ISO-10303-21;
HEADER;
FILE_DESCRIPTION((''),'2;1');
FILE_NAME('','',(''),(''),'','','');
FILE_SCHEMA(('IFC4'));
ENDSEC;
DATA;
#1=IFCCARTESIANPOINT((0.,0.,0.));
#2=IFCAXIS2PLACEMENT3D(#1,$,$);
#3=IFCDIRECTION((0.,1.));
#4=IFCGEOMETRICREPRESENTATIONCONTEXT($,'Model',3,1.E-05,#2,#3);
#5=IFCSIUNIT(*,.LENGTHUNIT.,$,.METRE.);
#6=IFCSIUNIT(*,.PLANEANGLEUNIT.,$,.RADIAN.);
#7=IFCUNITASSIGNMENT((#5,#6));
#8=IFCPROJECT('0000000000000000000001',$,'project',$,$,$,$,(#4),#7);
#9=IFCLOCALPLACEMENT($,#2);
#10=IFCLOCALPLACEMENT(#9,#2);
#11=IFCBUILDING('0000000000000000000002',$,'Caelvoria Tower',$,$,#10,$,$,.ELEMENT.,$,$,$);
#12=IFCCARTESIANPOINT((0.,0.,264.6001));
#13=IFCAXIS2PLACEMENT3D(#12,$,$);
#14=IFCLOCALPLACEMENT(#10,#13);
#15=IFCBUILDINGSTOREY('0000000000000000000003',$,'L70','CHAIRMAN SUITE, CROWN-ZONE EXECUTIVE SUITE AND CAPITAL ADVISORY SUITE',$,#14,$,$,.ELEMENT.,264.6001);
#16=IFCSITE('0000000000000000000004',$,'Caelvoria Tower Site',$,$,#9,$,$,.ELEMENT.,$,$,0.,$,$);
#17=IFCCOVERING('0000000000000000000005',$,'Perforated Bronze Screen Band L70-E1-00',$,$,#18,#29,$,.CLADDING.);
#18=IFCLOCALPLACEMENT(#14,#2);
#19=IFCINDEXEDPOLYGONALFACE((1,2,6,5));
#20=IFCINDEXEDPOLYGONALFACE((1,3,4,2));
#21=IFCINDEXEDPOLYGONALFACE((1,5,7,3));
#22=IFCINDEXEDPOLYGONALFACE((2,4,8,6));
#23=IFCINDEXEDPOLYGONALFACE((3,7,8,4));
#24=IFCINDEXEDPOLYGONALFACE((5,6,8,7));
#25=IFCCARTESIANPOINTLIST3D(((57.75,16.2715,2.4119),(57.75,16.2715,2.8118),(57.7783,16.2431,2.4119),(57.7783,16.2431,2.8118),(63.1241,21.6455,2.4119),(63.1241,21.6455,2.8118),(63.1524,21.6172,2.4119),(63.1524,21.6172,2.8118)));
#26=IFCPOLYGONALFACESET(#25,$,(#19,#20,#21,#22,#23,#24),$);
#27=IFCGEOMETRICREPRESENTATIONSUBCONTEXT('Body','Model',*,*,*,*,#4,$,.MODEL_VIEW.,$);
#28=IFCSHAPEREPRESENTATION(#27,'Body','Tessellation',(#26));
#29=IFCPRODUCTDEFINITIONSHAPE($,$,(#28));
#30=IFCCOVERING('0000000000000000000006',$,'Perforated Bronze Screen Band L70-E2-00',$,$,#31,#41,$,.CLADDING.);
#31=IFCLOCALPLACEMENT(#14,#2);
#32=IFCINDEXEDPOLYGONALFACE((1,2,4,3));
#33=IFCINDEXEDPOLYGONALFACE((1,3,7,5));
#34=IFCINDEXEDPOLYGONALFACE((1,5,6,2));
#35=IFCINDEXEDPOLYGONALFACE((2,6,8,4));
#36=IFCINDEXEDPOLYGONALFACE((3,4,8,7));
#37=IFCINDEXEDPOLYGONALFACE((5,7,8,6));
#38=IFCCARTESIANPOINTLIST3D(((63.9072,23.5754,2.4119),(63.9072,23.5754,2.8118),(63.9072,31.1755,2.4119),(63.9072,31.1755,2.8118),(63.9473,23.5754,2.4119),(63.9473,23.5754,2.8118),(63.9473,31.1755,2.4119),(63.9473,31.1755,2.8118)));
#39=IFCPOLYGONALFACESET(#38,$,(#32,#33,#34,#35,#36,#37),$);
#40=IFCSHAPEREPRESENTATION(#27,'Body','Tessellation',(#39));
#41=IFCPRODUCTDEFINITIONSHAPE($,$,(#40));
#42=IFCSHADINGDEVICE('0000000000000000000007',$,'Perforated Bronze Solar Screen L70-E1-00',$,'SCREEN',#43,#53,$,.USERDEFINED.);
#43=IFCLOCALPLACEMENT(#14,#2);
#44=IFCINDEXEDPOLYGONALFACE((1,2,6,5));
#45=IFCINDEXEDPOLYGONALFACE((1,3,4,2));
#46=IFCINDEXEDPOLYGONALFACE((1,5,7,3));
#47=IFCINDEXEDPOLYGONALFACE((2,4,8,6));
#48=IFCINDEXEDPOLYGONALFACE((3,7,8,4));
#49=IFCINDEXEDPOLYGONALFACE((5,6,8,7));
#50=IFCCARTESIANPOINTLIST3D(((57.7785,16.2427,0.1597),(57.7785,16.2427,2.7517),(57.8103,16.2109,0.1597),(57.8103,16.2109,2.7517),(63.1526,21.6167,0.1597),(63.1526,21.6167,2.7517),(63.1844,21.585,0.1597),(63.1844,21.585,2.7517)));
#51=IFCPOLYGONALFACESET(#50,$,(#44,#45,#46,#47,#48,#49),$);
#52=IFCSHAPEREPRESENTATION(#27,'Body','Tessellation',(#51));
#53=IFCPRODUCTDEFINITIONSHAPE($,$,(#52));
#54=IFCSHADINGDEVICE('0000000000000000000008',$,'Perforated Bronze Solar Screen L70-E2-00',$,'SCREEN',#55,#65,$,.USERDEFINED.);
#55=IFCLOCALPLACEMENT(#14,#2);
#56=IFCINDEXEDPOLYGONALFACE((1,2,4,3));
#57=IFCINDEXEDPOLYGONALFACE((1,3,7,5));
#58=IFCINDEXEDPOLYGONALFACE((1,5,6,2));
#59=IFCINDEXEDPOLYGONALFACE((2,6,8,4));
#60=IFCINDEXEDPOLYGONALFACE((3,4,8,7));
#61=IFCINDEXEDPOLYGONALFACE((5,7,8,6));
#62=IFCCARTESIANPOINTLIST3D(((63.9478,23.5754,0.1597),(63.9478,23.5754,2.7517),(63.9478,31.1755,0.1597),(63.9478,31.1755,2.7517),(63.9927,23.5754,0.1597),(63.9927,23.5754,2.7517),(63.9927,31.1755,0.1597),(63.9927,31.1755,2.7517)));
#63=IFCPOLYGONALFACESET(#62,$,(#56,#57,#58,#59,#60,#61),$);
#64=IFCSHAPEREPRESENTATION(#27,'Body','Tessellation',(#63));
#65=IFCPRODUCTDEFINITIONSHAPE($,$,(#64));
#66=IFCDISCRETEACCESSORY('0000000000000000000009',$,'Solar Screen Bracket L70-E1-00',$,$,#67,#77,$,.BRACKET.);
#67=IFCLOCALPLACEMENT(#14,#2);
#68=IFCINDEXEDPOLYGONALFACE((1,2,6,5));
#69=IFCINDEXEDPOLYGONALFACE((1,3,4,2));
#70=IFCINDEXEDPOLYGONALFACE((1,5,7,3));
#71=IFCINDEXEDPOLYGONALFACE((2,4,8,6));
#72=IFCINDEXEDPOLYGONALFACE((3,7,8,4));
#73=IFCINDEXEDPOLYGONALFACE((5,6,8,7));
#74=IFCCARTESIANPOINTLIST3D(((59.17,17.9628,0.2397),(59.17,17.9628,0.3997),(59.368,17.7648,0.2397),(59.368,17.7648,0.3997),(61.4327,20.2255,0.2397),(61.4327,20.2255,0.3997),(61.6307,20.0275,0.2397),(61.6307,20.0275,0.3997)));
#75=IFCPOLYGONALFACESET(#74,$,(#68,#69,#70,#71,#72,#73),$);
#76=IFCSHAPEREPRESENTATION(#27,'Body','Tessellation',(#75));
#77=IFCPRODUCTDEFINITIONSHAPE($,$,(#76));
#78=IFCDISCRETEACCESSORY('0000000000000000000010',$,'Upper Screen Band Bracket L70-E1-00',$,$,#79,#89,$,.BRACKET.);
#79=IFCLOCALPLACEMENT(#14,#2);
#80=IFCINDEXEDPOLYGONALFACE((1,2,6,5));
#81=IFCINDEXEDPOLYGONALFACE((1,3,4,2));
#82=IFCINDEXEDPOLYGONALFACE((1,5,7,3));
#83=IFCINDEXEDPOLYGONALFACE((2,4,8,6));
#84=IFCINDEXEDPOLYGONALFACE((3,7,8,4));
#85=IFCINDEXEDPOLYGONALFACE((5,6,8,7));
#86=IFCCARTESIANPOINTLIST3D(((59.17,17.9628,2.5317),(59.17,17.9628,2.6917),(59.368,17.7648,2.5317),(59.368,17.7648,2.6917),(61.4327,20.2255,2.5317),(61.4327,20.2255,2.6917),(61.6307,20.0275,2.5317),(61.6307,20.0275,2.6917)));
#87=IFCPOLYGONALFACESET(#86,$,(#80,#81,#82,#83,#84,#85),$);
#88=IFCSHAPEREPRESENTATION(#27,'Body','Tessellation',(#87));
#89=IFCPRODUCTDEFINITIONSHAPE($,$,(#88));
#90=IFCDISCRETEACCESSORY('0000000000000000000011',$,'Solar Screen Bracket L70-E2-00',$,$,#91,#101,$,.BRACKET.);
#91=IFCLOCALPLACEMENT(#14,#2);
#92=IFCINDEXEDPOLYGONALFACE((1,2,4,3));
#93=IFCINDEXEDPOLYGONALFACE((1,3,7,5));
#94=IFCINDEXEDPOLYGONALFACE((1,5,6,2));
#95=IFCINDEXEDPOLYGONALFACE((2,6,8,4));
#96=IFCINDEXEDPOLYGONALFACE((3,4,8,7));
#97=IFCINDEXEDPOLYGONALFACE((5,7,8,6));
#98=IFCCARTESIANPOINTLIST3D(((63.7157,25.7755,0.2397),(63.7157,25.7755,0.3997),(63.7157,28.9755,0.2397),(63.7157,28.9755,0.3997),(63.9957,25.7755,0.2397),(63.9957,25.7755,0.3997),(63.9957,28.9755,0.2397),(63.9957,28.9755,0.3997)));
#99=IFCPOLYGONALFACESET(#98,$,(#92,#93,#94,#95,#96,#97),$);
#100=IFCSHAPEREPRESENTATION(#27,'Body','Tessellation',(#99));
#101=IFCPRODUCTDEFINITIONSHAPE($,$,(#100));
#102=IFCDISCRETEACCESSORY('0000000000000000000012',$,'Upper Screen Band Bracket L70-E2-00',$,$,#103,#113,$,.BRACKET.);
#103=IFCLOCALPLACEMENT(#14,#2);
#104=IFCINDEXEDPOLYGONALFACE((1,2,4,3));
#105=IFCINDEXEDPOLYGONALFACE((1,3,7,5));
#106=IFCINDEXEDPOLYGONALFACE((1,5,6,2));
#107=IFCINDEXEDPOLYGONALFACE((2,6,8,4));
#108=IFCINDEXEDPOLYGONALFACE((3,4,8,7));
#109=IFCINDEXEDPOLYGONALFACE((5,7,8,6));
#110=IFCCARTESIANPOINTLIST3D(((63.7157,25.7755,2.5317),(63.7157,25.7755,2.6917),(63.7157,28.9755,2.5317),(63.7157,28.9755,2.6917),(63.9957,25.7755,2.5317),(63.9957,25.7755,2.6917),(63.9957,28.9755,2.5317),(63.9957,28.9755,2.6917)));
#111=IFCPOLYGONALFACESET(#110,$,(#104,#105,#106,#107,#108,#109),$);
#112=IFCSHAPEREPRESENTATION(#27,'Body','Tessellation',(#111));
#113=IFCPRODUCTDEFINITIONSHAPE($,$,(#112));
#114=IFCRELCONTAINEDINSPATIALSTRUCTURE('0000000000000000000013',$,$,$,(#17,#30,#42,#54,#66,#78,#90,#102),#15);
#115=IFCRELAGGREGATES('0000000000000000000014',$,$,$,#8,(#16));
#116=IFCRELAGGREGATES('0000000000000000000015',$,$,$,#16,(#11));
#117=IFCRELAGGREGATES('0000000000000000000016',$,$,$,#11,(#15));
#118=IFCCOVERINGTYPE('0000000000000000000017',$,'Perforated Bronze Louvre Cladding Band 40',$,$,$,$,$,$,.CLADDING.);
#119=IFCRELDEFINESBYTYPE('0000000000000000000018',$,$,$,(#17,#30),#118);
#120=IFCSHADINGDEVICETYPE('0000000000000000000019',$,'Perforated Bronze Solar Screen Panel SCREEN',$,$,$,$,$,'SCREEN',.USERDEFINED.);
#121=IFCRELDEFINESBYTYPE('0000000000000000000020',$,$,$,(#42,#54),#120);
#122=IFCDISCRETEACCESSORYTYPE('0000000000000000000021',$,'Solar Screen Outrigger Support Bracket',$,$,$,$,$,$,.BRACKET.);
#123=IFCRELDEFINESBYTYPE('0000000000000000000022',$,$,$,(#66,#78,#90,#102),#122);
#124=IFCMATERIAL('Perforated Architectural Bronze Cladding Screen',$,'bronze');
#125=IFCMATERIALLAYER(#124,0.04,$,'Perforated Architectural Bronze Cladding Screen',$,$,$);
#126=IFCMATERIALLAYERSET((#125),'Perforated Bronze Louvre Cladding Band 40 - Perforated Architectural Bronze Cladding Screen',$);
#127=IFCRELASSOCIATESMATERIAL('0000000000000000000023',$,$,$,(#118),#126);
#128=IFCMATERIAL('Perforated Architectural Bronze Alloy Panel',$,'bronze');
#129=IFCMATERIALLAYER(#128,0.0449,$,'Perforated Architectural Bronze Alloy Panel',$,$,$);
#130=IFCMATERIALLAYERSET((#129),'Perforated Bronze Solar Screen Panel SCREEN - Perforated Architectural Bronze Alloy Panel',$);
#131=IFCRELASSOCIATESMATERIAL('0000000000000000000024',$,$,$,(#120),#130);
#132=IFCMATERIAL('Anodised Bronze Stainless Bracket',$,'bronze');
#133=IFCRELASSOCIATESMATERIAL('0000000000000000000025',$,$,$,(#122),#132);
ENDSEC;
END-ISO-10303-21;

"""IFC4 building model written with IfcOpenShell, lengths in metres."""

from ifc_helpers import new_model, si_unit, direction, frame, origin, origin_2d, place, context, subcontext, project, spatial, rectangle, extrude, material, layer, layer_set, type_object, element, save


model = new_model("IFC4")

# Units and contexts
model_context = context("Model", 3, precision=1e-05, world=origin(), true_north=direction((0.0, 1.0)))
body_context = subcontext(model_context, "Body", "Model", "MODEL_VIEW")
ifc_project = project(units=[si_unit("LENGTHUNIT", "METRE"), si_unit("PLANEANGLEUNIT", "RADIAN")], contexts=[model_context])

# Site, building, storey
site_placement = place(None, origin())
site = spatial("IfcSite", under=ifc_project, at=site_placement, Name="Caelvoria Tower Site", CompositionType="ELEMENT", RefElevation=0.0)
building_placement = place(site_placement, origin())
building = spatial("IfcBuilding", under=site, at=building_placement, Name="Caelvoria Tower", CompositionType="ELEMENT")
storey_placement = place(building_placement, frame((0.0, 0.0, 264.6001)))
storey = spatial("IfcBuildingStorey", under=building, at=storey_placement, Name="L70", Description="CHAIRMAN SUITE, CROWN-ZONE EXECUTIVE SUITE AND CAPITAL ADVISORY SUITE", CompositionType="ELEMENT", Elevation=264.6001)

# Coverings
ifc_material_1 = material(Name="Perforated Architectural Bronze Cladding Screen", Category="bronze")
ifc_layer_1 = layer(ifc_material_1, 0.04, Name="Perforated Architectural Bronze Cladding Screen")
ifc_layer_set_1 = layer_set([ifc_layer_1], Name="Perforated Bronze Louvre Cladding Band 40 - Perforated Architectural Bronze Cladding Screen")
covering_type = type_object("IfcCoveringType", Name="Perforated Bronze Louvre Cladding Band 40", PredefinedType="CLADDING", material=ifc_layer_set_1)
for number, where, z_axis, x_axis, name in (
    (1, (60.4512, 18.9443, 2.4119), (0.0, 0.0, 1.0), (0.707107, 0.707107, 0.0), "Perforated Bronze Screen Band L70-E1-00"),
    (2, (63.9272, 27.3755, 2.4119), (0.0, 0.0, 1.0), (0.0, 1.0, 0.0), "Perforated Bronze Screen Band L70-E2-00"),
):
    element("IfcCovering", number, at=place(storey_placement, frame(where, z_axis=z_axis, x_axis=x_axis)), inside=storey, type_object=covering_type, Name=name, PredefinedType="CLADDING", context=body_context, shape_type="SweptSolid", body=[
        extrude(rectangle(XDim=7.6001, YDim=0.04, at=origin_2d()), origin(), (0.0, 0.0, 1.0), 0.3999),
    ])

# Shading devices
ifc_material_2 = material(Name="Perforated Architectural Bronze Alloy Panel", Category="bronze")
ifc_layer_2 = layer(ifc_material_2, 0.0449, Name="Perforated Architectural Bronze Alloy Panel")
ifc_layer_set_2 = layer_set([ifc_layer_2], Name="Perforated Bronze Solar Screen Panel SCREEN - Perforated Architectural Bronze Alloy Panel")
shading_device_type = type_object("IfcShadingDeviceType", Name="Perforated Bronze Solar Screen Panel SCREEN", ElementType="SCREEN", PredefinedType="USERDEFINED", material=ifc_layer_set_2)
for number, where, z_axis, x_axis, name in (
    (3, (60.4814, 18.9138, 0.1597), (0.0, 0.0, 1.0), (0.707107, 0.707107, 0.0), "Perforated Bronze Solar Screen L70-E1-00"),
    (4, (63.9702, 27.3755, 0.1597), (0.0, 0.0, 1.0), (0.0, 1.0, 0.0), "Perforated Bronze Solar Screen L70-E2-00"),
):
    element("IfcShadingDevice", number, at=place(storey_placement, frame(where, z_axis=z_axis, x_axis=x_axis)), inside=storey, type_object=shading_device_type, Name=name, ObjectType="SCREEN", PredefinedType="USERDEFINED", context=body_context, shape_type="SweptSolid", body=[
        extrude(rectangle(XDim=7.6001, YDim=0.0449, at=origin_2d()), origin(), (0.0, 0.0, 1.0), 2.592),
    ])

# Discrete accessories
ifc_material_3 = material(Name="Anodised Bronze Stainless Bracket", Category="bronze")
discrete_accessory_type = type_object("IfcDiscreteAccessoryType", Name="Solar Screen Outrigger Support Bracket", PredefinedType="BRACKET", material=ifc_material_3)
for number, where, z_axis, x_axis, name in (
    (5, (60.4004, 18.9951, 0.2397), (0.0, 0.0, 1.0), (0.707107, 0.707107, 0.0), "Solar Screen Bracket L70-E1-00"),
    (6, (60.4004, 18.9951, 2.5317), (0.0, 0.0, 1.0), (0.707107, 0.707107, 0.0), "Upper Screen Band Bracket L70-E1-00"),
    (7, (63.8557, 27.3755, 0.2397), (0.0, 0.0, 1.0), (0.0, 1.0, 0.0), "Solar Screen Bracket L70-E2-00"),
    (8, (63.8557, 27.3755, 2.5317), (0.0, 0.0, 1.0), (0.0, 1.0, 0.0), "Upper Screen Band Bracket L70-E2-00"),
):
    element("IfcDiscreteAccessory", number, at=place(storey_placement, frame(where, z_axis=z_axis, x_axis=x_axis)), inside=storey, type_object=discrete_accessory_type, Name=name, PredefinedType="BRACKET", context=body_context, shape_type="SweptSolid", body=[
        extrude(rectangle(XDim=3.2, YDim=0.28, at=origin_2d()), origin(), (0.0, 0.0, 1.0), 0.1599),
    ])

save(model, "model.ifc")
